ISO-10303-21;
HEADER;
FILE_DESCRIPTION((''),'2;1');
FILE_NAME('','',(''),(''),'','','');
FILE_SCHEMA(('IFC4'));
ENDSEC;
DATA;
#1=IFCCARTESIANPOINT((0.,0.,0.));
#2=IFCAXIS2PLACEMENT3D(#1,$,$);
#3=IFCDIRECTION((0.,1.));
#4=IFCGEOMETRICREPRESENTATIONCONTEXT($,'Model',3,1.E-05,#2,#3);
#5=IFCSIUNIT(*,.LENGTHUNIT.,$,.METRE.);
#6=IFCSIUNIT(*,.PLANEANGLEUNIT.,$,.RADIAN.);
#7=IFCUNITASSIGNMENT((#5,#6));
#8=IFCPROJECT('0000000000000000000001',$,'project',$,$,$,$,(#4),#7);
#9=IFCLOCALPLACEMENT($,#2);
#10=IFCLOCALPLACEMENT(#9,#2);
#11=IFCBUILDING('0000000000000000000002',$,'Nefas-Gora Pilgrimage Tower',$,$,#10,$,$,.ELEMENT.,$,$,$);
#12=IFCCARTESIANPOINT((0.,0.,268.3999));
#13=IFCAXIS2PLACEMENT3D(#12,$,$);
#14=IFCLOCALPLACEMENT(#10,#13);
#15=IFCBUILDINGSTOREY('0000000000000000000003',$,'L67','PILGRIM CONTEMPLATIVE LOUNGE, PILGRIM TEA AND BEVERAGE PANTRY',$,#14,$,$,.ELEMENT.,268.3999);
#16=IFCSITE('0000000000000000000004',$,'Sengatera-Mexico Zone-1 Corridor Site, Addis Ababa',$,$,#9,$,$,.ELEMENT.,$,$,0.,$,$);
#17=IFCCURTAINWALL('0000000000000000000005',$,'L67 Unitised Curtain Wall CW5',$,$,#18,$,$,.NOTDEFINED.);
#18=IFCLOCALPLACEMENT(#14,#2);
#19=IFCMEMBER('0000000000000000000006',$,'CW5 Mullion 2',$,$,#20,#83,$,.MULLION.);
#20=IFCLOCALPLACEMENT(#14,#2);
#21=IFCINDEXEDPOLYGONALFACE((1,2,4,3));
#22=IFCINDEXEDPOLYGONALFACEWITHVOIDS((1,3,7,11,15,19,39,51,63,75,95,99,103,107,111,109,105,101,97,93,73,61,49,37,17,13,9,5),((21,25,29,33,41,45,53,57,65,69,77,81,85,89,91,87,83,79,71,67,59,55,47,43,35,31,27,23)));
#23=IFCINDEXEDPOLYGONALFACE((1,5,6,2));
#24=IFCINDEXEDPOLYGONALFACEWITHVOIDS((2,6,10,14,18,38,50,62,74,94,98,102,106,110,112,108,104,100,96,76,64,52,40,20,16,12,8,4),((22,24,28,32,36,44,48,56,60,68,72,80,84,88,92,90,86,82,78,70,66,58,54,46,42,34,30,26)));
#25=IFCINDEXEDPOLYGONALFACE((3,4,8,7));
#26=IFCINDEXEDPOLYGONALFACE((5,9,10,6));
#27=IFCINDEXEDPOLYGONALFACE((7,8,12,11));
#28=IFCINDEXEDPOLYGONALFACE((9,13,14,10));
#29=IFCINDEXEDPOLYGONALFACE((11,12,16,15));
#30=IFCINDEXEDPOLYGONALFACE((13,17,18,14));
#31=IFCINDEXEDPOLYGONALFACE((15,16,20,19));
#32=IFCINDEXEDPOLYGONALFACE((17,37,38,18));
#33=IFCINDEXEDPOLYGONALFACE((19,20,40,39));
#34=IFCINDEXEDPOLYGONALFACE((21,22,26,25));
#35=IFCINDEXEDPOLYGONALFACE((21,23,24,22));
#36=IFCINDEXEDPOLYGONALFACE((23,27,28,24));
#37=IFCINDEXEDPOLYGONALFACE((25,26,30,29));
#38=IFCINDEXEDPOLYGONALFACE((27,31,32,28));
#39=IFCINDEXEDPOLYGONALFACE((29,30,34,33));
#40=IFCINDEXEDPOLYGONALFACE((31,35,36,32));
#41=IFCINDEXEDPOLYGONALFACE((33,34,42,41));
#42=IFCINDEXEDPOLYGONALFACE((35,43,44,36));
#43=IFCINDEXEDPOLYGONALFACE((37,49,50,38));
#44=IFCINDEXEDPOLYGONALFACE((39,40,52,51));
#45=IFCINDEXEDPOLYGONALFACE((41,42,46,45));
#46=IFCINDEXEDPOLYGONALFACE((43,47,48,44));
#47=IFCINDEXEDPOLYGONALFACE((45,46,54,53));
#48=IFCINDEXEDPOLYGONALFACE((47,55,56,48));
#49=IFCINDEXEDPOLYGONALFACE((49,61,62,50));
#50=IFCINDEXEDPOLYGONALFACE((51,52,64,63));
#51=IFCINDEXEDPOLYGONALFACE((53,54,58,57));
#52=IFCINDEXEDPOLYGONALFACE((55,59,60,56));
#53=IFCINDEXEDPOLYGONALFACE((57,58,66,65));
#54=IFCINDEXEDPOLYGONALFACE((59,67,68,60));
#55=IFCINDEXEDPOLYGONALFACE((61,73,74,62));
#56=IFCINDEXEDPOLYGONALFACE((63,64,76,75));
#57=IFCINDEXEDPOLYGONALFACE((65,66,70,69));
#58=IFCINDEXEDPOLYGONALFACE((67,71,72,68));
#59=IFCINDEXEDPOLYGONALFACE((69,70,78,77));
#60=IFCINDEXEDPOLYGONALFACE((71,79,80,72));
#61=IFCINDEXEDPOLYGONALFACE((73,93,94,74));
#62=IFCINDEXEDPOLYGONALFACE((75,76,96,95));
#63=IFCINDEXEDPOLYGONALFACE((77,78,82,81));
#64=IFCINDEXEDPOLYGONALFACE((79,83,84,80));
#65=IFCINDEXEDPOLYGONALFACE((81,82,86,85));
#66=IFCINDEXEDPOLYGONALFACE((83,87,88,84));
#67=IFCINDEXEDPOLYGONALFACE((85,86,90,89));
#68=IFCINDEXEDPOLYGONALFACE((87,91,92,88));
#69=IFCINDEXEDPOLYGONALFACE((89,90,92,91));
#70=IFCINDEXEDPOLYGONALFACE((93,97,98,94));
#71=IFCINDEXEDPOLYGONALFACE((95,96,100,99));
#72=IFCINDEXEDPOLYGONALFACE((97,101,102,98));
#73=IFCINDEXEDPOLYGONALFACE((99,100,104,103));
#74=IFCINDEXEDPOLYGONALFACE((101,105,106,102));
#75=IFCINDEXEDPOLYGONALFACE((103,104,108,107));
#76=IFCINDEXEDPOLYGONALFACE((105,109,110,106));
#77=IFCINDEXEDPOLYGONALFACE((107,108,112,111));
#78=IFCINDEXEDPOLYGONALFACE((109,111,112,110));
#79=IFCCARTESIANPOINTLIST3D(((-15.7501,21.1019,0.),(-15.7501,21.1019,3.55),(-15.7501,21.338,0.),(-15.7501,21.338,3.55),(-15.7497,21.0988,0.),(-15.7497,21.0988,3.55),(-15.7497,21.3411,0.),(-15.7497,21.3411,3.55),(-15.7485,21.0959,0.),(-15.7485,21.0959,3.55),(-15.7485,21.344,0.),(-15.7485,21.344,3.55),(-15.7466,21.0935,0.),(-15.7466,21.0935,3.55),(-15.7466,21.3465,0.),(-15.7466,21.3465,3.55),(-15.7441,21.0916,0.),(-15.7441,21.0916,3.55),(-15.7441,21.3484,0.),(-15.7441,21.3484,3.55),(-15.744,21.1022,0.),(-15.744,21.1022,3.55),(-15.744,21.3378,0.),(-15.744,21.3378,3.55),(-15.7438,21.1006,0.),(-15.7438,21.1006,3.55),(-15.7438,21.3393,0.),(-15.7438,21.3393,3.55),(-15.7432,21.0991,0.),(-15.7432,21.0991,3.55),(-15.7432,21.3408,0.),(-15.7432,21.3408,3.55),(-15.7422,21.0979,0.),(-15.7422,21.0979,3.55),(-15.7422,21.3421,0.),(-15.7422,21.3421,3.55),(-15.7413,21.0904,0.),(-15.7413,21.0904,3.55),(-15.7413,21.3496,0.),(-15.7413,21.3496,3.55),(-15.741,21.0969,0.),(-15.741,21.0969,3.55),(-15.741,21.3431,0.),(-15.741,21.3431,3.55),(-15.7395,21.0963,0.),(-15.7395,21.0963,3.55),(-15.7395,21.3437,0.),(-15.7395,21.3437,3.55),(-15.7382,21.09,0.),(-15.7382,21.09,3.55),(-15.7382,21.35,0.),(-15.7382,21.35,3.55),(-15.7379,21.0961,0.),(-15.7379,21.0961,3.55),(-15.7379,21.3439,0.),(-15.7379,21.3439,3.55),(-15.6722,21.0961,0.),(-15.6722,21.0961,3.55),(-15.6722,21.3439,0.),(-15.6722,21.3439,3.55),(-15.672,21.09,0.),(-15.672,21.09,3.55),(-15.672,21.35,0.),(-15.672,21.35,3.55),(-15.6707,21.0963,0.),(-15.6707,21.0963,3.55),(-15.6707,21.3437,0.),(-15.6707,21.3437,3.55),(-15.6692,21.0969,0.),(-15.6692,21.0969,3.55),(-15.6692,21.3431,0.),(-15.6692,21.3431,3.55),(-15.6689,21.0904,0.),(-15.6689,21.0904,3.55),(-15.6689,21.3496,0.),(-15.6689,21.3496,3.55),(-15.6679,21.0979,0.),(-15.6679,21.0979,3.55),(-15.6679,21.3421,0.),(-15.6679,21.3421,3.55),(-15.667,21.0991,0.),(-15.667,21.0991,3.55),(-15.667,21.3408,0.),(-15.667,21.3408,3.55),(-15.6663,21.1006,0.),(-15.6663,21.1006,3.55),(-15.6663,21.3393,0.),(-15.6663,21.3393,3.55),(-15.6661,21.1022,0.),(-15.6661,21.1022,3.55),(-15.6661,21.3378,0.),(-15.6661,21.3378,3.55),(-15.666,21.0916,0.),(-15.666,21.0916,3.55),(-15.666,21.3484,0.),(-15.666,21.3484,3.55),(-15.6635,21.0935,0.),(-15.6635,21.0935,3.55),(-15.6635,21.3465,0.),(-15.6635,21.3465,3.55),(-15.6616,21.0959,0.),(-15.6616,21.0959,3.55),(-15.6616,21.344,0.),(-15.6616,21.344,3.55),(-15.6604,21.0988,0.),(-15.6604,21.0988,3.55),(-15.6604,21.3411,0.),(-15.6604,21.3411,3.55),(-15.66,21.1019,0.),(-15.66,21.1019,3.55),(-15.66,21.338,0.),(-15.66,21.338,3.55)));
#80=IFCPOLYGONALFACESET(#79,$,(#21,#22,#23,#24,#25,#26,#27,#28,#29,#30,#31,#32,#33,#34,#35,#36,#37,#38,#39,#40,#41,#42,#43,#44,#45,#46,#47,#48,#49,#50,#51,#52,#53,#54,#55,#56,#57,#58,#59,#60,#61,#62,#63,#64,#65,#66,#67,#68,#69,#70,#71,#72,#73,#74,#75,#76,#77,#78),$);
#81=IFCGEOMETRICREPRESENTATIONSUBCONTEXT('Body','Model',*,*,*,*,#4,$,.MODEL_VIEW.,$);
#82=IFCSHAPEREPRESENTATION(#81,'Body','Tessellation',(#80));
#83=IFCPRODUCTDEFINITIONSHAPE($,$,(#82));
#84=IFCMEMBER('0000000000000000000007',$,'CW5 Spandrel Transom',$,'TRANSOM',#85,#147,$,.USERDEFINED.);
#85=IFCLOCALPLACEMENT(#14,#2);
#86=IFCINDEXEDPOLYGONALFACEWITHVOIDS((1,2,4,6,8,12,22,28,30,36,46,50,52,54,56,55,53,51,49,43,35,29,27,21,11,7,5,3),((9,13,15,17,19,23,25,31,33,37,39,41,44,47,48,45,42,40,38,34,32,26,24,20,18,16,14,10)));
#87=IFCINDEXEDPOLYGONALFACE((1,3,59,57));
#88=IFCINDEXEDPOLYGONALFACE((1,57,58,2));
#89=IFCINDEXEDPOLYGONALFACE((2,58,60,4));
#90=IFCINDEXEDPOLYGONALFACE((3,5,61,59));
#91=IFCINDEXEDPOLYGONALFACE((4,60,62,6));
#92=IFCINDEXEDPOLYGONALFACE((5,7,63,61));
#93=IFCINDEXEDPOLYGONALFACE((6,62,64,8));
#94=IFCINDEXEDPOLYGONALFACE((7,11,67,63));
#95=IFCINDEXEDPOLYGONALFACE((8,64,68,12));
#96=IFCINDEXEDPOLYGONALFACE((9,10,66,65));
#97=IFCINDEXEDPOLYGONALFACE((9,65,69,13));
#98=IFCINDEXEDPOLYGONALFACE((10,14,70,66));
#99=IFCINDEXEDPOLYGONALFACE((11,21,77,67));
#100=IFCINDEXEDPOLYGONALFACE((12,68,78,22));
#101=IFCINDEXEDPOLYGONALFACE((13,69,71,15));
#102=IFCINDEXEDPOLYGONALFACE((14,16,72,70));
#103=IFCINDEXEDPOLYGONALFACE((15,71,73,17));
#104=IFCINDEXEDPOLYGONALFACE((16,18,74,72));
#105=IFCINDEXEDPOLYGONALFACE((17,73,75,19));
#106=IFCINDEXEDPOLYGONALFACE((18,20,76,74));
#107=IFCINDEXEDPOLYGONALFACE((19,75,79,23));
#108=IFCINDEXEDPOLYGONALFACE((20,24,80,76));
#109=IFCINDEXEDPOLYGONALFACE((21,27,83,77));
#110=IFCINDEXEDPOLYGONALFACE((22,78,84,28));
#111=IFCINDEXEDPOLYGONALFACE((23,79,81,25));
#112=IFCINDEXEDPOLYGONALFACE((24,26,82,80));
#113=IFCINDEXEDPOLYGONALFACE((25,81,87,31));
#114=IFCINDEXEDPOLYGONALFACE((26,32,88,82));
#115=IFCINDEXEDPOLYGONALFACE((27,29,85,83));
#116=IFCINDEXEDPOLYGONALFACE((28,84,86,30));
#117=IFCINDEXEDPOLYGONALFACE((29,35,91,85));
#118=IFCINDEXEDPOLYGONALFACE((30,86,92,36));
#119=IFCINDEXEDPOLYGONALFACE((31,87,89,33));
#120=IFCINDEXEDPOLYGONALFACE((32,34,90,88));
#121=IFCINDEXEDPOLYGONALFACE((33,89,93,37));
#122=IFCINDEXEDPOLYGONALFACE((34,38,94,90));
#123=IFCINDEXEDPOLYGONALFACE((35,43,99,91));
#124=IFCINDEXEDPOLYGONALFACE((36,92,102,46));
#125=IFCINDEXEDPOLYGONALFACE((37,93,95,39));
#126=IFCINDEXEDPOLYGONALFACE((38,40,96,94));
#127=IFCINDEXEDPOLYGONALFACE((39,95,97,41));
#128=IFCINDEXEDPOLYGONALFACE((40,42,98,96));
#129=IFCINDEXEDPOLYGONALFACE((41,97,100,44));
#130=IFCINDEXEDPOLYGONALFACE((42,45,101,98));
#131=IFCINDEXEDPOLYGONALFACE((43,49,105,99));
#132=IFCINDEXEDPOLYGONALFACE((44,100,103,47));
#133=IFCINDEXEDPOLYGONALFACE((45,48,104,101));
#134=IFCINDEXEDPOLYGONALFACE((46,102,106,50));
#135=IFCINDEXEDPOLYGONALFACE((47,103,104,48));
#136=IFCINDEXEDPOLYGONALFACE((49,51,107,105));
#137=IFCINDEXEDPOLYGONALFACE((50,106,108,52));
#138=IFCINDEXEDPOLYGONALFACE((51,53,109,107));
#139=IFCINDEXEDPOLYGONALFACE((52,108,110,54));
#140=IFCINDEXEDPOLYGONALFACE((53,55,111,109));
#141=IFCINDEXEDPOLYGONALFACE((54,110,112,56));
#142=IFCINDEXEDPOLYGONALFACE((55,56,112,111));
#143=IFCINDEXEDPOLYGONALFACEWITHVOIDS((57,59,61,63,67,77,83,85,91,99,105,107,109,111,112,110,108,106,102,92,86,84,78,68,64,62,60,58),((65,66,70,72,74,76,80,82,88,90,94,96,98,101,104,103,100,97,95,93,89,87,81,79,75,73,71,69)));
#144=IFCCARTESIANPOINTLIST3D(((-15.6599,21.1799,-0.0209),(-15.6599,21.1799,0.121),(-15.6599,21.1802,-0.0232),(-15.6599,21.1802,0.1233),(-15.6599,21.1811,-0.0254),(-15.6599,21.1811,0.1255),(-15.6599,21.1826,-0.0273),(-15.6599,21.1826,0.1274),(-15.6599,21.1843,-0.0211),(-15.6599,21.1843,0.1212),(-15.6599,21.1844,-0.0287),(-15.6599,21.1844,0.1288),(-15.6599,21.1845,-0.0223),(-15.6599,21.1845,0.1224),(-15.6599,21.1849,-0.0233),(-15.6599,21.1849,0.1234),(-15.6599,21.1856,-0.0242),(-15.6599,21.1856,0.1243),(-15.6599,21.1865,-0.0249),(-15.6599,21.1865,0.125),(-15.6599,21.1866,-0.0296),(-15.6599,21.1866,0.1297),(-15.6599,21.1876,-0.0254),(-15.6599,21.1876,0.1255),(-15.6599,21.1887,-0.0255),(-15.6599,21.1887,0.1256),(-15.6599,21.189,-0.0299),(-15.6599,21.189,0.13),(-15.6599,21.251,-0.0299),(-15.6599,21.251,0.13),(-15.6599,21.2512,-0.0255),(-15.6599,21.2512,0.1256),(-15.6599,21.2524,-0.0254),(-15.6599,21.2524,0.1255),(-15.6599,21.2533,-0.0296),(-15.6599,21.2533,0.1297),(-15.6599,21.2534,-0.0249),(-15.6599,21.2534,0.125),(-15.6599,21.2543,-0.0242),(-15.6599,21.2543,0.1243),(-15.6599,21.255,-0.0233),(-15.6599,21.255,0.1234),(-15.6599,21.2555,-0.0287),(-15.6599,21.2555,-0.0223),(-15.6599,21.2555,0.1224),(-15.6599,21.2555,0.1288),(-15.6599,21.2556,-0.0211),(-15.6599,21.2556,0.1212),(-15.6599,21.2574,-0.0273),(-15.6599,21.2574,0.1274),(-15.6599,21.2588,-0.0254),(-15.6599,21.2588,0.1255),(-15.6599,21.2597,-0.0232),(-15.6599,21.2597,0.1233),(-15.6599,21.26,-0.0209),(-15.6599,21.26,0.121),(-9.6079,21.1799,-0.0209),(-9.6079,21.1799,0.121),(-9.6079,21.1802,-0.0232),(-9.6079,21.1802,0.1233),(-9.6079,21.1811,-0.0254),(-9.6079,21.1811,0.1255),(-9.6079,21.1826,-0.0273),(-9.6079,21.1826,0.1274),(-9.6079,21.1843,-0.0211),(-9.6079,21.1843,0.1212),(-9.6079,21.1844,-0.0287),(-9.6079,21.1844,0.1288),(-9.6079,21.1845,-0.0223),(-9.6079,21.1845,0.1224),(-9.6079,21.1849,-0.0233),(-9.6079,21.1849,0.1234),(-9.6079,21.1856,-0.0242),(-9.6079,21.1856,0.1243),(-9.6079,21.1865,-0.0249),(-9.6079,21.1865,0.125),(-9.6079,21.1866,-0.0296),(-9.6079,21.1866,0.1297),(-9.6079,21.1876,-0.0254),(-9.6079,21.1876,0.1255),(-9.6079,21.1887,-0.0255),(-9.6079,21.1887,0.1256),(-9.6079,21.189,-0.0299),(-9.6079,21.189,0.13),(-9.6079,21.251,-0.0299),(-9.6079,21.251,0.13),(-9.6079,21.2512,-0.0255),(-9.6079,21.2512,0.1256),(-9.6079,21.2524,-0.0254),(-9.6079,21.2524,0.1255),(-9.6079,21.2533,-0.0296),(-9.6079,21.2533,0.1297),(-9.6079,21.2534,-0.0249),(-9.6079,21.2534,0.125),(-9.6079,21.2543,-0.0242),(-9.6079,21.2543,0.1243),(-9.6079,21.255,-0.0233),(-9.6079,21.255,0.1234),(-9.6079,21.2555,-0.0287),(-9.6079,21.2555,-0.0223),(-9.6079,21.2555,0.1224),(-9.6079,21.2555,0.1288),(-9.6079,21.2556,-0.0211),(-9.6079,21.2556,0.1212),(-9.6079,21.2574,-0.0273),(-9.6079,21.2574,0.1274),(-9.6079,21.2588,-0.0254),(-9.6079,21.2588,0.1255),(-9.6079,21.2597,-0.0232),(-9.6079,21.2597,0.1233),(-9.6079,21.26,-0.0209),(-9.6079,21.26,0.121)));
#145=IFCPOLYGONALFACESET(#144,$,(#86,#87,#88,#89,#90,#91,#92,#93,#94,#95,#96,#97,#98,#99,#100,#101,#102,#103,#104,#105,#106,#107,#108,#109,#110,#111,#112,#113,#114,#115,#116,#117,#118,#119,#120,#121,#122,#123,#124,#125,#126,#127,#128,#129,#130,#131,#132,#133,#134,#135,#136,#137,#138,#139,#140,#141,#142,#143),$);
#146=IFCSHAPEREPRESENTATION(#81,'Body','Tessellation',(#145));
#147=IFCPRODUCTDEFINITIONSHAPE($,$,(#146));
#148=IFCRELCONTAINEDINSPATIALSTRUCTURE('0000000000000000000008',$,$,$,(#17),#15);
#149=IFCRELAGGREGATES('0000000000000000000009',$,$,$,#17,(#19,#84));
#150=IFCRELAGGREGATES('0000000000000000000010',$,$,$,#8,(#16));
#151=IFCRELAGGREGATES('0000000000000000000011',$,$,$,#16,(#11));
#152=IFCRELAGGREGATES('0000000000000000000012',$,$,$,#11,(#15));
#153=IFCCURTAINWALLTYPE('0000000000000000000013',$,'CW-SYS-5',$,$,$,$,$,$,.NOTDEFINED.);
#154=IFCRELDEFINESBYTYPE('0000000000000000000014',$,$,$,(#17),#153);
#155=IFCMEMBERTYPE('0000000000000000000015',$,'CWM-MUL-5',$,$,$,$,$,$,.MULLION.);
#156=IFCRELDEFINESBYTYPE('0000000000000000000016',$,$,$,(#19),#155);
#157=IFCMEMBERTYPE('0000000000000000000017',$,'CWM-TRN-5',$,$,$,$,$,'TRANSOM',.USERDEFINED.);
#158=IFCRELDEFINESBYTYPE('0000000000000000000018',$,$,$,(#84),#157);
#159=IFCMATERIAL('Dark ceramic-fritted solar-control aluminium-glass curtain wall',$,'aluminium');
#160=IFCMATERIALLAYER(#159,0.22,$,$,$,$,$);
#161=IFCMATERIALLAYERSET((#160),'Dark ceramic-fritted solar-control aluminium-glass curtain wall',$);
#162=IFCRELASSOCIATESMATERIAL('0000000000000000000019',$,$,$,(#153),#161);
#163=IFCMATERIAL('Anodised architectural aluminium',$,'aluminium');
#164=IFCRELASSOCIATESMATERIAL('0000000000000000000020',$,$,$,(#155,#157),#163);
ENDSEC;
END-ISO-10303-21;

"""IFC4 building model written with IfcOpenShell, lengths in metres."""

from ifc_helpers import new_model, si_unit, direction, frame, origin, origin_2d, place, context, subcontext, project, spatial, hollow_rectangle, extrude, source, transform, mapped, material, layer, layer_set, material_profile, profile_set, type_object, element, aggregate, save


model = new_model("IFC4")

# Units and contexts
model_context = context("Model", 3, precision=1e-05, world=origin(), true_north=direction((0.0, 1.0)))
body_context = subcontext(model_context, "Body", "Model", "MODEL_VIEW")
ifc_project = project(units=[si_unit("LENGTHUNIT", "METRE"), si_unit("PLANEANGLEUNIT", "RADIAN")], contexts=[model_context])

# Site, building, storey
site_placement = place(None, origin())
site = spatial("IfcSite", under=ifc_project, at=site_placement, Name="Sengatera-Mexico Zone-1 Corridor Site, Addis Ababa", CompositionType="ELEMENT", RefElevation=0.0)
building_placement = place(site_placement, origin())
building = spatial("IfcBuilding", under=site, at=building_placement, Name="Nefas-Gora Pilgrimage Tower", CompositionType="ELEMENT")
storey_placement = place(building_placement, frame((0.0, 0.0, 268.3999)))
storey = spatial("IfcBuildingStorey", under=building, at=storey_placement, Name="L67", Description="PILGRIM CONTEMPLATIVE LOUNGE, PILGRIM TEA AND BEVERAGE PANTRY", CompositionType="ELEMENT", Elevation=268.3999)

# Curtain wall, members
ifc_material_1 = material(Name="Dark ceramic-fritted solar-control aluminium-glass curtain wall", Category="aluminium")
ifc_layer_1 = layer(ifc_material_1, 0.22)
ifc_layer_set_1 = layer_set([ifc_layer_1], Name="Dark ceramic-fritted solar-control aluminium-glass curtain wall")
curtain_wall_type_1 = type_object("IfcCurtainWallType", Name="CW-SYS-5", PredefinedType="NOTDEFINED", material=ifc_layer_set_1)
curtain_wall_1_placement = place(storey_placement, origin())
curtain_wall_1 = element("IfcCurtainWall", 1, at=curtain_wall_1_placement, inside=storey, type_object=curtain_wall_type_1, Name="L67 Unitised Curtain Wall CW5", PredefinedType="NOTDEFINED")
ifc_material_2 = material(Name="Anodised architectural aluminium", Category="aluminium")
ifc_material_profile_1 = material_profile(ifc_material_2, hollow_rectangle(XDim=0.0901, YDim=0.26, WallThickness=0.0061, InnerFilletRadius=0.0061, OuterFilletRadius=0.012, at=origin_2d()), Name="ALU MULLION 90x260")
ifc_profile_set_1 = profile_set([ifc_material_profile_1], Name="Anodised architectural aluminium")
member_type_1 = type_object("IfcMemberType", Name="CWM-MUL-5", PredefinedType="MULLION", material=ifc_profile_set_1)
shared_shape_1 = source(origin(), body_context, "Body", "SweptSolid", [
    extrude(hollow_rectangle(XDim=0.0901, YDim=0.26, WallThickness=0.0061, InnerFilletRadius=0.0061, OuterFilletRadius=0.012, at=origin_2d()), origin(), (0.0, 0.0, 1.0), 3.55),
])
member_1_placement = place(storey_placement, frame((-15.7051, 21.22, 0.0), z_axis=(0.0, 0.0, 1.0), x_axis=(-1.0, 0.0, 0.0)))
member_1 = element("IfcMember", 2, at=member_1_placement, type_object=member_type_1, Name="CW5 Mullion 2", PredefinedType="MULLION", context=body_context, shape_type="MappedRepresentation", body=[
    mapped(shared_shape_1, transform((0.0, 0.0, 0.0), x_axis=(1.0, 0.0, 0.0), y_axis=(0.0, 1.0, 0.0), z_axis=(0.0, 0.0, 1.0), scale=1.0)),
])
ifc_material_profile_2 = material_profile(ifc_material_2, hollow_rectangle(XDim=0.0801, YDim=0.1599, WallThickness=0.0044, InnerFilletRadius=0.0044, OuterFilletRadius=0.009, at=origin_2d()), Name="ALU TRANSOM 80x160")
ifc_profile_set_2 = profile_set([ifc_material_profile_2], Name="Anodised architectural aluminium")
member_type_2 = type_object("IfcMemberType", Name="CWM-TRN-5", ElementType="TRANSOM", PredefinedType="USERDEFINED", material=ifc_profile_set_2)
shared_shape_2 = source(origin(), body_context, "Body", "SweptSolid", [
    extrude(hollow_rectangle(XDim=0.0801, YDim=0.1599, WallThickness=0.0044, InnerFilletRadius=0.0044, OuterFilletRadius=0.009, at=origin_2d()), origin(), (0.0, 0.0, 1.0), 6.052),
])
member_2_placement = place(storey_placement, frame((-9.6079, 21.22, 0.05), z_axis=(-1.0, 0.0, 0.0), x_axis=(0.0, -1.0, 0.0)))
member_2 = element("IfcMember", 3, at=member_2_placement, type_object=member_type_2, Name="CW5 Spandrel Transom", ObjectType="TRANSOM", PredefinedType="USERDEFINED", context=body_context, shape_type="MappedRepresentation", body=[
    mapped(shared_shape_2, transform((0.0, 0.0, 0.0), x_axis=(1.0, 0.0, 0.0), y_axis=(0.0, 1.0, 0.0), z_axis=(0.0, 0.0, 1.0), scale=1.0)),
])

aggregate(curtain_wall_1, [member_1, member_2])

save(model, "model.ifc")
